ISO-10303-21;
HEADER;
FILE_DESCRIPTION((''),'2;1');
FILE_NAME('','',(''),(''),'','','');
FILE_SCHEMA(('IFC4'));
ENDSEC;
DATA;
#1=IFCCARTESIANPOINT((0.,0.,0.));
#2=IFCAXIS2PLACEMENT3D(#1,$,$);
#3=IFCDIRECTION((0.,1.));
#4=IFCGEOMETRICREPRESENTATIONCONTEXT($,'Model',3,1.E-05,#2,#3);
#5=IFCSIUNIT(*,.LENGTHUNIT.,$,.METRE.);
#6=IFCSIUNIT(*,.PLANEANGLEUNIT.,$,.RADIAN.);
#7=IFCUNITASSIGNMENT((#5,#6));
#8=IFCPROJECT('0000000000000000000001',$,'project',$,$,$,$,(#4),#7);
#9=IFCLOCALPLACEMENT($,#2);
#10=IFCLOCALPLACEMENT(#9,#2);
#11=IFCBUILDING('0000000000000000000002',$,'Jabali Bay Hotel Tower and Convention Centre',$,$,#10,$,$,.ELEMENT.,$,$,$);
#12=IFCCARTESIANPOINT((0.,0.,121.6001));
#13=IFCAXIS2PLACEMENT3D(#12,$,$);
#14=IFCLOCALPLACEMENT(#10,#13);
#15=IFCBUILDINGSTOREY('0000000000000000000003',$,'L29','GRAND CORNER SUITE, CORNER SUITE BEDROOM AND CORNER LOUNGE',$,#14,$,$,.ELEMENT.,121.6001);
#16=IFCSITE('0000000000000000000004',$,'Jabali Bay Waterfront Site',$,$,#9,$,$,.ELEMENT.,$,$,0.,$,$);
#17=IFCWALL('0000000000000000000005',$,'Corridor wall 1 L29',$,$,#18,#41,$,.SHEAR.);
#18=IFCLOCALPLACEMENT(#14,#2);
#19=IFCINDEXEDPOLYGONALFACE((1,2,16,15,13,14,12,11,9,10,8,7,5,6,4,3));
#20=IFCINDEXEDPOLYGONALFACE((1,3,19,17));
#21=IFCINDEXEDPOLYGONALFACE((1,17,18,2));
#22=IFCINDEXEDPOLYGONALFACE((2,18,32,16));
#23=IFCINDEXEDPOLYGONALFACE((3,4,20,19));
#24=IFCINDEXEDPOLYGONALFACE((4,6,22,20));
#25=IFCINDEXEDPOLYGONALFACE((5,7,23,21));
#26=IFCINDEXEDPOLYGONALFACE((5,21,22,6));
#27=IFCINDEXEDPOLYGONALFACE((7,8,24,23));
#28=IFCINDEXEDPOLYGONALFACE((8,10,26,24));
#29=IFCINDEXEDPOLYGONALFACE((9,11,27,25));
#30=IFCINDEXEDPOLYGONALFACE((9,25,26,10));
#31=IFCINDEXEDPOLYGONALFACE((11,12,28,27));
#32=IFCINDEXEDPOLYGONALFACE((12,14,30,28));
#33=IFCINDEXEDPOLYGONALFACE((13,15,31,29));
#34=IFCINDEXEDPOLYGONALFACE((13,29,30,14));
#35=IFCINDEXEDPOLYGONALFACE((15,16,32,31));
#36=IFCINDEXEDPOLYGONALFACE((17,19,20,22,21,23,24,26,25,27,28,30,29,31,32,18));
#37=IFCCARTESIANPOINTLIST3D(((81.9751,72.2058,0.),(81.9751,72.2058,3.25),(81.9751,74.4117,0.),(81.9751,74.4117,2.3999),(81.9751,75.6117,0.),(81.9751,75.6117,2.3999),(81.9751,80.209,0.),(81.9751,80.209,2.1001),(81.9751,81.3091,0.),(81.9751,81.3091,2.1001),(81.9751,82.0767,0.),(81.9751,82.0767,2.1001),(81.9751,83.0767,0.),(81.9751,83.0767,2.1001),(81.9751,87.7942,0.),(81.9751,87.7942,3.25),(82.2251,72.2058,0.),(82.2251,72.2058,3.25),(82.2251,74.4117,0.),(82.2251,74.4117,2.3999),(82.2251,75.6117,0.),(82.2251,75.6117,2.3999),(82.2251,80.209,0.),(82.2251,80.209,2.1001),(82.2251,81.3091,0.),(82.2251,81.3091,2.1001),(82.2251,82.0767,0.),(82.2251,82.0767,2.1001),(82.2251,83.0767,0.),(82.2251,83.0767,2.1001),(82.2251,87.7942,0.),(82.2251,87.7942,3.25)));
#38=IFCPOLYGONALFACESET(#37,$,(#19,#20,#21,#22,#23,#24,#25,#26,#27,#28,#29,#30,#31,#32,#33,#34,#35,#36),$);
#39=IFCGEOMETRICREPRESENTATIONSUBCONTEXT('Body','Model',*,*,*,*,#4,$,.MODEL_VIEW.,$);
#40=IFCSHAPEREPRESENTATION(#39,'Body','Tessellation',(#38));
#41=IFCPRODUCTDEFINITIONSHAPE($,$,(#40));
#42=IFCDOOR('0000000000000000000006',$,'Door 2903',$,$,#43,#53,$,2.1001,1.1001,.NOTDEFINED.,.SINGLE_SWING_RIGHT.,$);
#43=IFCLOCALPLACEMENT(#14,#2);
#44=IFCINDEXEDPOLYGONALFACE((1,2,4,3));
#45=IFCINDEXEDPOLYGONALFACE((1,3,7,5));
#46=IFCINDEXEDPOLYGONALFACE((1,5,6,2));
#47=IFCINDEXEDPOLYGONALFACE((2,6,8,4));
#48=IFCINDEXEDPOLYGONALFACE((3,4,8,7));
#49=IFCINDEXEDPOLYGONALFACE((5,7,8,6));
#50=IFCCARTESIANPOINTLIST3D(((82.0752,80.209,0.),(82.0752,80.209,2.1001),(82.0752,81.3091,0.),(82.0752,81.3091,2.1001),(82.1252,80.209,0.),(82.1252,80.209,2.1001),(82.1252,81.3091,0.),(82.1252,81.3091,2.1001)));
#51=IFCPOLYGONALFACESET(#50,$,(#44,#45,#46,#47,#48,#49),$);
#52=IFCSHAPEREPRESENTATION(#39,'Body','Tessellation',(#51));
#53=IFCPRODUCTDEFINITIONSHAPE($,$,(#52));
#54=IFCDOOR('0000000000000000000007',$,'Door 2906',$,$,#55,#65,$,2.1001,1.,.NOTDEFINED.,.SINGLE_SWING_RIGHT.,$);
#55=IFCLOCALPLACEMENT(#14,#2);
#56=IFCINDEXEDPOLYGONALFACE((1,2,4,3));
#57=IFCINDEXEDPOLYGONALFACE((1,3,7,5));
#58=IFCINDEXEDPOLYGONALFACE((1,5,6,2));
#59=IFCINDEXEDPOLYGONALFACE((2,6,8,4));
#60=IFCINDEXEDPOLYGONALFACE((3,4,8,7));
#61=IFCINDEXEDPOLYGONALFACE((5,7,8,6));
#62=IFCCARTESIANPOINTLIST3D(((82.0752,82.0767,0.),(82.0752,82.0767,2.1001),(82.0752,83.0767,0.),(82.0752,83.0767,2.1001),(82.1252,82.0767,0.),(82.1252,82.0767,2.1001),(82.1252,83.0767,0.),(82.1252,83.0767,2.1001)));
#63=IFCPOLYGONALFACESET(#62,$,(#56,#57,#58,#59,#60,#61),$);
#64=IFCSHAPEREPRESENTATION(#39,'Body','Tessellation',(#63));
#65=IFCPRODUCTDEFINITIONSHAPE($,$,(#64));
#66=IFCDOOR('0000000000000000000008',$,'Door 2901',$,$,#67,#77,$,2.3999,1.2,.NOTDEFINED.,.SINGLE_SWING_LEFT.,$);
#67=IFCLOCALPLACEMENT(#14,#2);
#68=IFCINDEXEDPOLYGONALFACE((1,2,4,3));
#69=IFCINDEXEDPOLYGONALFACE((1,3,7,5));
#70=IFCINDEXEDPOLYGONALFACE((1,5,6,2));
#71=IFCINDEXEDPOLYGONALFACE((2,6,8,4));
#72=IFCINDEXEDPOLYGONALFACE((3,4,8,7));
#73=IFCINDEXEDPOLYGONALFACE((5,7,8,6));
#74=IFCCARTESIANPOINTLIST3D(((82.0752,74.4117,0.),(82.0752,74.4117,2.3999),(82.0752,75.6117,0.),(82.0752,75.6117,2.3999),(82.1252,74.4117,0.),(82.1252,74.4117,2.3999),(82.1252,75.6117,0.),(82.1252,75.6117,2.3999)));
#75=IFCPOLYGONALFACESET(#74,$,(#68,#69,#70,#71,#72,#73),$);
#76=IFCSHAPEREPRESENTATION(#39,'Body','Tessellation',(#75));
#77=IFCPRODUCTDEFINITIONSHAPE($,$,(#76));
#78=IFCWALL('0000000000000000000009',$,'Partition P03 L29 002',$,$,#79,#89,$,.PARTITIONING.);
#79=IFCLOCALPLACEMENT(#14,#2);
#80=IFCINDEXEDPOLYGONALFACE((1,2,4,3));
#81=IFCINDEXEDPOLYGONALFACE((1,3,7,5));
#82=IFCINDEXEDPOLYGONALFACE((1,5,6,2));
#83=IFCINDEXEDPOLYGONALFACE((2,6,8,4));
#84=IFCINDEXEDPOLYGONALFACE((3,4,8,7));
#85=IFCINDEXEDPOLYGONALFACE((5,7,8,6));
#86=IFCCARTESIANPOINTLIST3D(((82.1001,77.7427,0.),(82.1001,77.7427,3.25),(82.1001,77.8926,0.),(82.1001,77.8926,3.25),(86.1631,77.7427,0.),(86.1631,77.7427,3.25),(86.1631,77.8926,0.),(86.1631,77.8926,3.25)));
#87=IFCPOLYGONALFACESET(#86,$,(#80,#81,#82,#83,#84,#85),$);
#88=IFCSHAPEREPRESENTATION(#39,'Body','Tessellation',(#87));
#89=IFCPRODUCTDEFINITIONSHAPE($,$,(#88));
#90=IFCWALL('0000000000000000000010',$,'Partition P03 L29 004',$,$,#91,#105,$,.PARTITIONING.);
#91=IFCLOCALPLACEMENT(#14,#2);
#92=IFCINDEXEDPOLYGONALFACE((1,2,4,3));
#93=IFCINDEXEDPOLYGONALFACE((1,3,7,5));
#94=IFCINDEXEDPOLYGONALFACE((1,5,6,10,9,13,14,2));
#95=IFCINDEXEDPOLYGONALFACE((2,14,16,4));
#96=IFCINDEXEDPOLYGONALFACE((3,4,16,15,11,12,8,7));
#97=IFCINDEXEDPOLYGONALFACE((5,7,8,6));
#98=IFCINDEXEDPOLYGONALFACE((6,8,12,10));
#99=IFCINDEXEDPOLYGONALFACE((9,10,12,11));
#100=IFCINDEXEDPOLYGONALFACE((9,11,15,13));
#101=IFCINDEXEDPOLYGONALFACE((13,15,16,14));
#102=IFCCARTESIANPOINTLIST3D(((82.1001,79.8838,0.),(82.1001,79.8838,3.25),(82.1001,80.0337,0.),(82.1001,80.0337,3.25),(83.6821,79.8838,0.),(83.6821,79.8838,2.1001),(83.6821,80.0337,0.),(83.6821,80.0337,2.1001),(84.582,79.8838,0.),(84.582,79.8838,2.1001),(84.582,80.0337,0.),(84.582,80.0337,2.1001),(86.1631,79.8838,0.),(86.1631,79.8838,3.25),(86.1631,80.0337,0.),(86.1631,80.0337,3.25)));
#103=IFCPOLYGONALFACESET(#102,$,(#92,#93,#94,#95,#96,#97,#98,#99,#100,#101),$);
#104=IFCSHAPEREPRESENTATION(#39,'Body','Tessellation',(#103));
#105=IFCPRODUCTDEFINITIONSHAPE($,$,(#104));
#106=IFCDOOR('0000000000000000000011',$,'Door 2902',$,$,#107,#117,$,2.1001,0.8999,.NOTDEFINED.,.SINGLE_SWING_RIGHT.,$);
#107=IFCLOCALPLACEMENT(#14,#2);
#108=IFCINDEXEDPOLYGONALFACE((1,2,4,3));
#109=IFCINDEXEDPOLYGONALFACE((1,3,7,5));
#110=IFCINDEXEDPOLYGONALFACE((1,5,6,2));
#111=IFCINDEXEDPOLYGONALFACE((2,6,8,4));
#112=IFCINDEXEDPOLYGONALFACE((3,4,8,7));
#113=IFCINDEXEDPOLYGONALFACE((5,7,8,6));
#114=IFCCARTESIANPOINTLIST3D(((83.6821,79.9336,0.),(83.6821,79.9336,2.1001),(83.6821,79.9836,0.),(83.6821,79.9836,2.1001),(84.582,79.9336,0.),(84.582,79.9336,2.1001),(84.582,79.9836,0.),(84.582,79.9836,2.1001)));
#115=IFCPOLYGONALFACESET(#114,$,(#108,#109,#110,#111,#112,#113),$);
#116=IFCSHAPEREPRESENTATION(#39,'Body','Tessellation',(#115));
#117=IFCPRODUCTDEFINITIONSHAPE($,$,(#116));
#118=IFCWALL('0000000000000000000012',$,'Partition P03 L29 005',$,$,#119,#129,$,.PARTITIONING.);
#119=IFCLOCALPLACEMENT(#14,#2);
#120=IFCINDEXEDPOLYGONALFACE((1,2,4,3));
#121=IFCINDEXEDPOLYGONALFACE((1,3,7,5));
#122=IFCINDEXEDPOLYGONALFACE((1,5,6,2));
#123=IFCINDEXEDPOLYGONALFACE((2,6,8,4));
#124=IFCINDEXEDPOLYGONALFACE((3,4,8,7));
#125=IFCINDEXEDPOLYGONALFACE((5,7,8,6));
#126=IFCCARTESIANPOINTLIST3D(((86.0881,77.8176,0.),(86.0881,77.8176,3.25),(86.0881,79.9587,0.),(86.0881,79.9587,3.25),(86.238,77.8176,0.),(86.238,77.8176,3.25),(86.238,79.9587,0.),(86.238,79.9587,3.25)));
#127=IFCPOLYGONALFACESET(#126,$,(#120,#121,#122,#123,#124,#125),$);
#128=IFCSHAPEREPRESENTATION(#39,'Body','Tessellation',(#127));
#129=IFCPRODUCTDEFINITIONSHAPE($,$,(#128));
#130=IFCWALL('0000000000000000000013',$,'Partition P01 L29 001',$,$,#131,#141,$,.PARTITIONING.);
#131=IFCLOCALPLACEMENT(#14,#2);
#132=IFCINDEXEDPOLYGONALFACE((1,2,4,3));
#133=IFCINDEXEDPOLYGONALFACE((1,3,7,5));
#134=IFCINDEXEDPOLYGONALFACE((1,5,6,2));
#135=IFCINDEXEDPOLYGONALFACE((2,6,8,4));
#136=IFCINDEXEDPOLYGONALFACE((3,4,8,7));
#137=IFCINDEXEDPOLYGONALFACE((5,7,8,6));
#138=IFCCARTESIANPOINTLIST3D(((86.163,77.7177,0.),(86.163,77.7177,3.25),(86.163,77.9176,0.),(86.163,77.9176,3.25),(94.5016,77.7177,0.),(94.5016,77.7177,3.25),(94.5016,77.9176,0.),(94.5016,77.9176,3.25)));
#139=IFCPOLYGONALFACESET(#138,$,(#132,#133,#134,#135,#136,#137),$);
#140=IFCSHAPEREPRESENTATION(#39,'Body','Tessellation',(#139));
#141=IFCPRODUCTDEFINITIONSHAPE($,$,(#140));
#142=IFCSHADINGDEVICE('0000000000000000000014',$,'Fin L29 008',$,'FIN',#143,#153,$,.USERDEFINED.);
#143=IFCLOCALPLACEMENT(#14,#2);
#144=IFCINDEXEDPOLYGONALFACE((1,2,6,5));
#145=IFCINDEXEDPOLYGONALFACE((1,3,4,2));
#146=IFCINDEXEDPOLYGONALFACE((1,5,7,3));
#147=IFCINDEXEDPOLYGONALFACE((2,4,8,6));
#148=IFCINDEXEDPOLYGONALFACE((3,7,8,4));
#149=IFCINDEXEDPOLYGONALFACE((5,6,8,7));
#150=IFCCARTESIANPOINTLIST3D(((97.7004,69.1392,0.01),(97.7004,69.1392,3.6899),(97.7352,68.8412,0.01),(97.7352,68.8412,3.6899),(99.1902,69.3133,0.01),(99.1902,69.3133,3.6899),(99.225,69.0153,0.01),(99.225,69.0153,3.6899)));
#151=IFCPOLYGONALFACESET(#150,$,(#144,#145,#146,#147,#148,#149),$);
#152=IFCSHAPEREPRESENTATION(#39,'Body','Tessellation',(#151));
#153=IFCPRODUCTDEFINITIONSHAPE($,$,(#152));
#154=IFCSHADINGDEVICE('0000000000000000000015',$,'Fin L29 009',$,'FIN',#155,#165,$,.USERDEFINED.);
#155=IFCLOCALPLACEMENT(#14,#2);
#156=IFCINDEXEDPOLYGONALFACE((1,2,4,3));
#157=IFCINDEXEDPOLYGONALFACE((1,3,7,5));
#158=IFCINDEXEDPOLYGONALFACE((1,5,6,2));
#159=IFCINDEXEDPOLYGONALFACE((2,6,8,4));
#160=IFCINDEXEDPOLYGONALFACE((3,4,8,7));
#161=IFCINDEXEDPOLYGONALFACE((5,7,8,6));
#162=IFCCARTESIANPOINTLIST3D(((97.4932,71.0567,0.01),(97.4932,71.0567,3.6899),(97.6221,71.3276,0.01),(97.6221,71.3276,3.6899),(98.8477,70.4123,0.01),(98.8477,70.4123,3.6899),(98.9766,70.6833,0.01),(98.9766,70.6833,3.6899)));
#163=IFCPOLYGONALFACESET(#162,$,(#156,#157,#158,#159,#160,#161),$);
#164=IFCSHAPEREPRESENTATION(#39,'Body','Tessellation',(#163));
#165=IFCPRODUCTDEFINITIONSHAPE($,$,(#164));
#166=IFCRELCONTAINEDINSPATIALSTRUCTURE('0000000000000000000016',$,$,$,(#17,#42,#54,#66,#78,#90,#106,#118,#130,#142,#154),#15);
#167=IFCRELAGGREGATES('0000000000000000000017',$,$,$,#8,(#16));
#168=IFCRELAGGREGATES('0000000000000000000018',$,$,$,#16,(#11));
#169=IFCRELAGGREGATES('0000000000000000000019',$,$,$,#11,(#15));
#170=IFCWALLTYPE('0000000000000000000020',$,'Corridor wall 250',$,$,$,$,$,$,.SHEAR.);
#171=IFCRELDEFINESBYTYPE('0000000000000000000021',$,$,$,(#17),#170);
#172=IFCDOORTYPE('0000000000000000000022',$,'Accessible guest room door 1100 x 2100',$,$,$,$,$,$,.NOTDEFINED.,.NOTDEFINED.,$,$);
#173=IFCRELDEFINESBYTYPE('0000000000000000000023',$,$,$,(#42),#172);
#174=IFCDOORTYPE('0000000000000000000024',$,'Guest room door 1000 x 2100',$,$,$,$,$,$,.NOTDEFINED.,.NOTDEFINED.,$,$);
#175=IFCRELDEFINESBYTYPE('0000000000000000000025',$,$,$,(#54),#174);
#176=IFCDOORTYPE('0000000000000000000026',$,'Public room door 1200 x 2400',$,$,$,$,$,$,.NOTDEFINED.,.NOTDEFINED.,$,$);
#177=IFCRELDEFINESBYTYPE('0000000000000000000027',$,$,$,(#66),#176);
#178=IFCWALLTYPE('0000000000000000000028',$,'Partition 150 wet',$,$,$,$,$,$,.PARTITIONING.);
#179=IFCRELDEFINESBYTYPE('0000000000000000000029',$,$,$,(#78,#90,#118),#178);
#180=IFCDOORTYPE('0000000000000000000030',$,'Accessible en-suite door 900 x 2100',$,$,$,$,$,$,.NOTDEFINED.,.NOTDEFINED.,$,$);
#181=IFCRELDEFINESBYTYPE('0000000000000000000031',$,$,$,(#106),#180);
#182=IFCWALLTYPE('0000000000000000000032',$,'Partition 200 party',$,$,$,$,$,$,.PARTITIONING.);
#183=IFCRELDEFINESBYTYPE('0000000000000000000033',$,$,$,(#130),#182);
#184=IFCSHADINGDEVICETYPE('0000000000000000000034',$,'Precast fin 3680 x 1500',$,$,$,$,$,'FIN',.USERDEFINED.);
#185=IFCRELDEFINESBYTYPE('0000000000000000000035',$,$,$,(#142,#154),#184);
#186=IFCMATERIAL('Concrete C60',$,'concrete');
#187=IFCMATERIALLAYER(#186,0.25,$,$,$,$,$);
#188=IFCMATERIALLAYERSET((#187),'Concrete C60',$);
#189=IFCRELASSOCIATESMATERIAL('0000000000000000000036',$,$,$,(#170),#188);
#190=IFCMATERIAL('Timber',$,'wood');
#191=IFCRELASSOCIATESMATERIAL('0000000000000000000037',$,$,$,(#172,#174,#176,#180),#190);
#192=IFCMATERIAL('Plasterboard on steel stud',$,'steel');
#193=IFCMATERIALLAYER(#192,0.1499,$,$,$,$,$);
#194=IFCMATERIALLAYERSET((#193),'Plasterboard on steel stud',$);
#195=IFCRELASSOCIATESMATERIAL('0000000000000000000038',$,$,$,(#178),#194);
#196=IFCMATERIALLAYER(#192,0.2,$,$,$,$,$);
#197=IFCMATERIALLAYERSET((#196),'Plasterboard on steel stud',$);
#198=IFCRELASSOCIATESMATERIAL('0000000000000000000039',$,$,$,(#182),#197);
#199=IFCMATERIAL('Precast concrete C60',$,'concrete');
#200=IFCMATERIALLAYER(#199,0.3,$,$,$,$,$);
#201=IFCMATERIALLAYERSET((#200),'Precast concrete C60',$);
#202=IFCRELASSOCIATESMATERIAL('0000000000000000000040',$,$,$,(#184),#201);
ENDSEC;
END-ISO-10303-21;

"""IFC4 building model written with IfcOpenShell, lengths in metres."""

from ifc_helpers import new_model, si_unit, direction, frame, frame_2d, origin, place, context, subcontext, project, spatial, rectangle, extrude, material, layer, layer_set, type_object, element, fill, save


model = new_model("IFC4")

# Units and contexts
model_context = context("Model", 3, precision=1e-05, world=origin(), true_north=direction((0.0, 1.0)))
body_context = subcontext(model_context, "Body", "Model", "MODEL_VIEW")
ifc_project = project(units=[si_unit("LENGTHUNIT", "METRE"), si_unit("PLANEANGLEUNIT", "RADIAN")], contexts=[model_context])

# Site, building, storey
site_placement = place(None, origin())
site = spatial("IfcSite", under=ifc_project, at=site_placement, Name="Jabali Bay Waterfront Site", CompositionType="ELEMENT", RefElevation=0.0)
building_placement = place(site_placement, origin())
building = spatial("IfcBuilding", under=site, at=building_placement, Name="Jabali Bay Hotel Tower and Convention Centre", CompositionType="ELEMENT")
storey_placement = place(building_placement, frame((0.0, 0.0, 121.6001)))
storey = spatial("IfcBuildingStorey", under=building, at=storey_placement, Name="L29", Description="GRAND CORNER SUITE, CORNER SUITE BEDROOM AND CORNER LOUNGE", CompositionType="ELEMENT", Elevation=121.6001)

# Shared definitions
ifc_material_1 = material(Name="Concrete C60", Category="concrete")

# Wall, openings, doors
ifc_layer_1 = layer(ifc_material_1, 0.25)
ifc_layer_set_1 = layer_set([ifc_layer_1], Name="Concrete C60")
wall_type_1 = type_object("IfcWallType", Name="Corridor wall 250", PredefinedType="SHEAR", material=ifc_layer_set_1)
wall_1_placement = place(storey_placement, frame((82.1001, 72.2058, 0.0), z_axis=(0.0, 0.0, 1.0), x_axis=(0.0, 1.0, 0.0)))
wall_1 = element("IfcWall", 1, at=wall_1_placement, inside=storey, type_object=wall_type_1, Name="Corridor wall 1 L29", PredefinedType="SHEAR", context=body_context, shape_type="SweptSolid", body=[
    extrude(rectangle(XDim=15.5884, YDim=0.25, at=frame_2d((7.7942, 0.0))), origin(), (0.0, 0.0, 1.0), 3.25),
])
opening_1_placement = place(wall_1_placement, frame((2.2058, 0.0, 0.0)))
opening_1 = element("IfcOpeningElement", 2, at=opening_1_placement, cuts=wall_1, PredefinedType="OPENING", context=body_context, shape_type="SweptSolid", body=[
    extrude(rectangle(XDim=1.2, YDim=2.3999, at=frame_2d((0.6001, 1.2))), frame((0.0, 0.1355, 0.0), z_axis=(0.0, -1.0, 0.0), x_axis=(1.0, 0.0, 0.0)), (0.0, 0.0, 1.0), 0.271),
])
opening_2_placement = place(wall_1_placement, frame((8.0032, 0.0, 0.0)))
opening_2 = element("IfcOpeningElement", 3, at=opening_2_placement, cuts=wall_1, PredefinedType="OPENING", context=body_context, shape_type="SweptSolid", body=[
    extrude(rectangle(XDim=1.1001, YDim=2.1001, at=frame_2d((0.55, 1.05))), frame((0.0, 0.1355, 0.0), z_axis=(0.0, -1.0, 0.0), x_axis=(1.0, 0.0, 0.0)), (0.0, 0.0, 1.0), 0.271),
])
opening_3_placement = place(wall_1_placement, frame((9.8708, 0.0, 0.0)))
opening_3 = element("IfcOpeningElement", 4, at=opening_3_placement, cuts=wall_1, PredefinedType="OPENING", context=body_context, shape_type="SweptSolid", body=[
    extrude(rectangle(XDim=1.0, YDim=2.1001, at=frame_2d((0.5, 1.05))), frame((0.0, 0.1355, 0.0), z_axis=(0.0, -1.0, 0.0), x_axis=(1.0, 0.0, 0.0)), (0.0, 0.0, 1.0), 0.271),
])
ifc_material_2 = material(Name="Timber", Category="wood")
door_type_1 = type_object("IfcDoorType", Name="Accessible guest room door 1100 x 2100", OperationType="NOTDEFINED", PredefinedType="NOTDEFINED", material=ifc_material_2)
door_1_placement = place(opening_2_placement, origin())
door_1 = element("IfcDoor", 5, at=door_1_placement, inside=storey, type_object=door_type_1, Name="Door 2903", OperationType="SINGLE_SWING_RIGHT", OverallHeight=2.1001, OverallWidth=1.1001, PredefinedType="NOTDEFINED", context=body_context, shape_type="SweptSolid", body=[
    extrude(rectangle(XDim=1.1001, YDim=2.1001, at=frame_2d((0.55, 1.05))), frame((0.0, 0.0249, 0.0), z_axis=(0.0, -1.0, 0.0), x_axis=(1.0, 0.0, 0.0)), (0.0, 0.0, 1.0), 0.05),
])
fill(opening_2, door_1)
door_type_2 = type_object("IfcDoorType", Name="Guest room door 1000 x 2100", OperationType="NOTDEFINED", PredefinedType="NOTDEFINED", material=ifc_material_2)
door_2_placement = place(opening_3_placement, origin())
door_2 = element("IfcDoor", 6, at=door_2_placement, inside=storey, type_object=door_type_2, Name="Door 2906", OperationType="SINGLE_SWING_RIGHT", OverallHeight=2.1001, OverallWidth=1.0, PredefinedType="NOTDEFINED", context=body_context, shape_type="SweptSolid", body=[
    extrude(rectangle(XDim=1.0, YDim=2.1001, at=frame_2d((0.5, 1.05))), frame((0.0, 0.0249, 0.0), z_axis=(0.0, -1.0, 0.0), x_axis=(1.0, 0.0, 0.0)), (0.0, 0.0, 1.0), 0.05),
])
fill(opening_3, door_2)
door_type_3 = type_object("IfcDoorType", Name="Public room door 1200 x 2400", OperationType="NOTDEFINED", PredefinedType="NOTDEFINED", material=ifc_material_2)
door_3_placement = place(opening_1_placement, origin())
door_3 = element("IfcDoor", 7, at=door_3_placement, inside=storey, type_object=door_type_3, Name="Door 2901", OperationType="SINGLE_SWING_LEFT", OverallHeight=2.3999, OverallWidth=1.2, PredefinedType="NOTDEFINED", context=body_context, shape_type="SweptSolid", body=[
    extrude(rectangle(XDim=1.2, YDim=2.3999, at=frame_2d((0.6001, 1.2))), frame((0.0, 0.0249, 0.0), z_axis=(0.0, -1.0, 0.0), x_axis=(1.0, 0.0, 0.0)), (0.0, 0.0, 1.0), 0.05),
])
fill(opening_1, door_3)

# Wall
ifc_material_3 = material(Name="Plasterboard on steel stud", Category="steel")
ifc_layer_2 = layer(ifc_material_3, 0.1499)
ifc_layer_set_2 = layer_set([ifc_layer_2], Name="Plasterboard on steel stud")
wall_type_2 = type_object("IfcWallType", Name="Partition 150 wet", PredefinedType="PARTITIONING", material=ifc_layer_set_2)
wall_2_placement = place(storey_placement, frame((86.1631, 77.8176, 0.0), z_axis=(0.0, 0.0, 1.0), x_axis=(-1.0, 0.0, 0.0)))
element("IfcWall", 8, at=wall_2_placement, inside=storey, type_object=wall_type_2, Name="Partition P03 L29 002", PredefinedType="PARTITIONING", context=body_context, shape_type="SweptSolid", body=[
    extrude(rectangle(XDim=4.063, YDim=0.1499, at=frame_2d((2.0315, 0.0))), origin(), (0.0, 0.0, 1.0), 3.25),
])

# Wall, opening, door
wall_3_placement = place(storey_placement, frame((82.1001, 79.9587, 0.0), z_axis=(0.0, 0.0, 1.0), x_axis=(1.0, 0.0, 0.0)))
wall_3 = element("IfcWall", 9, at=wall_3_placement, inside=storey, type_object=wall_type_2, Name="Partition P03 L29 004", PredefinedType="PARTITIONING", context=body_context, shape_type="SweptSolid", body=[
    extrude(rectangle(XDim=4.063, YDim=0.1499, at=frame_2d((2.0315, 0.0))), origin(), (0.0, 0.0, 1.0), 3.25),
])
opening_4_placement = place(wall_3_placement, frame((1.582, 0.0, 0.0)))
opening_4 = element("IfcOpeningElement", 10, at=opening_4_placement, cuts=wall_3, PredefinedType="OPENING", context=body_context, shape_type="SweptSolid", body=[
    extrude(rectangle(XDim=0.8999, YDim=2.1001, at=frame_2d((0.45, 1.05))), frame((0.0, 0.0854, 0.0), z_axis=(0.0, -1.0, 0.0), x_axis=(1.0, 0.0, 0.0)), (0.0, 0.0, 1.0), 0.1709),
])
door_type_4 = type_object("IfcDoorType", Name="Accessible en-suite door 900 x 2100", OperationType="NOTDEFINED", PredefinedType="NOTDEFINED", material=ifc_material_2)
door_4_placement = place(opening_4_placement, origin())
door_4 = element("IfcDoor", 11, at=door_4_placement, inside=storey, type_object=door_type_4, Name="Door 2902", OperationType="SINGLE_SWING_RIGHT", OverallHeight=2.1001, OverallWidth=0.8999, PredefinedType="NOTDEFINED", context=body_context, shape_type="SweptSolid", body=[
    extrude(rectangle(XDim=0.8999, YDim=2.1001, at=frame_2d((0.45, 1.05))), frame((0.0, 0.0249, 0.0), z_axis=(0.0, -1.0, 0.0), x_axis=(1.0, 0.0, 0.0)), (0.0, 0.0, 1.0), 0.05),
])
fill(opening_4, door_4)

# Walls
wall_4_placement = place(storey_placement, frame((86.1631, 79.9587, 0.0), z_axis=(0.0, 0.0, 1.0), x_axis=(0.0, -1.0, 0.0)))
element("IfcWall", 12, at=wall_4_placement, inside=storey, type_object=wall_type_2, Name="Partition P03 L29 005", PredefinedType="PARTITIONING", context=body_context, shape_type="SweptSolid", body=[
    extrude(rectangle(XDim=2.1411, YDim=0.1499, at=frame_2d((1.0706, 0.0))), origin(), (0.0, 0.0, 1.0), 3.25),
])
ifc_layer_3 = layer(ifc_material_3, 0.2)
ifc_layer_set_3 = layer_set([ifc_layer_3], Name="Plasterboard on steel stud")
wall_type_3 = type_object("IfcWallType", Name="Partition 200 party", PredefinedType="PARTITIONING", material=ifc_layer_set_3)
wall_5_placement = place(storey_placement, frame((94.5017, 77.8176, 0.0), z_axis=(0.0, 0.0, 1.0), x_axis=(-1.0, 0.0, 0.0)))
element("IfcWall", 13, at=wall_5_placement, inside=storey, type_object=wall_type_3, Name="Partition P01 L29 001", PredefinedType="PARTITIONING", context=body_context, shape_type="SweptSolid", body=[
    extrude(rectangle(XDim=8.3386, YDim=0.2, at=frame_2d((4.1694, 0.0))), origin(), (0.0, 0.0, 1.0), 3.25),
])

# Shading devices
ifc_material_4 = material(Name="Precast concrete C60", Category="concrete")
ifc_layer_4 = layer(ifc_material_4, 0.3)
ifc_layer_set_4 = layer_set([ifc_layer_4], Name="Precast concrete C60")
shading_device_type = type_object("IfcShadingDeviceType", Name="Precast fin 3680 x 1500", ElementType="FIN", PredefinedType="USERDEFINED", material=ifc_layer_set_4)
for number, where, z_axis, x_axis, name in (
    (14, (97.7178, 68.9902, 0.01), (0.0, 0.0, 1.0), (0.993243, 0.116057, 0.0), "Fin L29 008"),
    (15, (97.5576, 71.1921, 0.01), (0.0, 0.0, 1.0), (0.903044, -0.429548, 0.0), "Fin L29 009"),
):
    element("IfcShadingDevice", number, at=place(storey_placement, frame(where, z_axis=z_axis, x_axis=x_axis)), inside=storey, type_object=shading_device_type, Name=name, ObjectType="FIN", PredefinedType="USERDEFINED", context=body_context, shape_type="SweptSolid", body=[
        extrude(rectangle(XDim=1.5, YDim=0.3, at=frame_2d((0.75, 0.0))), origin(), (0.0, 0.0, 1.0), 3.6799),
    ])

save(model, "model.ifc")
